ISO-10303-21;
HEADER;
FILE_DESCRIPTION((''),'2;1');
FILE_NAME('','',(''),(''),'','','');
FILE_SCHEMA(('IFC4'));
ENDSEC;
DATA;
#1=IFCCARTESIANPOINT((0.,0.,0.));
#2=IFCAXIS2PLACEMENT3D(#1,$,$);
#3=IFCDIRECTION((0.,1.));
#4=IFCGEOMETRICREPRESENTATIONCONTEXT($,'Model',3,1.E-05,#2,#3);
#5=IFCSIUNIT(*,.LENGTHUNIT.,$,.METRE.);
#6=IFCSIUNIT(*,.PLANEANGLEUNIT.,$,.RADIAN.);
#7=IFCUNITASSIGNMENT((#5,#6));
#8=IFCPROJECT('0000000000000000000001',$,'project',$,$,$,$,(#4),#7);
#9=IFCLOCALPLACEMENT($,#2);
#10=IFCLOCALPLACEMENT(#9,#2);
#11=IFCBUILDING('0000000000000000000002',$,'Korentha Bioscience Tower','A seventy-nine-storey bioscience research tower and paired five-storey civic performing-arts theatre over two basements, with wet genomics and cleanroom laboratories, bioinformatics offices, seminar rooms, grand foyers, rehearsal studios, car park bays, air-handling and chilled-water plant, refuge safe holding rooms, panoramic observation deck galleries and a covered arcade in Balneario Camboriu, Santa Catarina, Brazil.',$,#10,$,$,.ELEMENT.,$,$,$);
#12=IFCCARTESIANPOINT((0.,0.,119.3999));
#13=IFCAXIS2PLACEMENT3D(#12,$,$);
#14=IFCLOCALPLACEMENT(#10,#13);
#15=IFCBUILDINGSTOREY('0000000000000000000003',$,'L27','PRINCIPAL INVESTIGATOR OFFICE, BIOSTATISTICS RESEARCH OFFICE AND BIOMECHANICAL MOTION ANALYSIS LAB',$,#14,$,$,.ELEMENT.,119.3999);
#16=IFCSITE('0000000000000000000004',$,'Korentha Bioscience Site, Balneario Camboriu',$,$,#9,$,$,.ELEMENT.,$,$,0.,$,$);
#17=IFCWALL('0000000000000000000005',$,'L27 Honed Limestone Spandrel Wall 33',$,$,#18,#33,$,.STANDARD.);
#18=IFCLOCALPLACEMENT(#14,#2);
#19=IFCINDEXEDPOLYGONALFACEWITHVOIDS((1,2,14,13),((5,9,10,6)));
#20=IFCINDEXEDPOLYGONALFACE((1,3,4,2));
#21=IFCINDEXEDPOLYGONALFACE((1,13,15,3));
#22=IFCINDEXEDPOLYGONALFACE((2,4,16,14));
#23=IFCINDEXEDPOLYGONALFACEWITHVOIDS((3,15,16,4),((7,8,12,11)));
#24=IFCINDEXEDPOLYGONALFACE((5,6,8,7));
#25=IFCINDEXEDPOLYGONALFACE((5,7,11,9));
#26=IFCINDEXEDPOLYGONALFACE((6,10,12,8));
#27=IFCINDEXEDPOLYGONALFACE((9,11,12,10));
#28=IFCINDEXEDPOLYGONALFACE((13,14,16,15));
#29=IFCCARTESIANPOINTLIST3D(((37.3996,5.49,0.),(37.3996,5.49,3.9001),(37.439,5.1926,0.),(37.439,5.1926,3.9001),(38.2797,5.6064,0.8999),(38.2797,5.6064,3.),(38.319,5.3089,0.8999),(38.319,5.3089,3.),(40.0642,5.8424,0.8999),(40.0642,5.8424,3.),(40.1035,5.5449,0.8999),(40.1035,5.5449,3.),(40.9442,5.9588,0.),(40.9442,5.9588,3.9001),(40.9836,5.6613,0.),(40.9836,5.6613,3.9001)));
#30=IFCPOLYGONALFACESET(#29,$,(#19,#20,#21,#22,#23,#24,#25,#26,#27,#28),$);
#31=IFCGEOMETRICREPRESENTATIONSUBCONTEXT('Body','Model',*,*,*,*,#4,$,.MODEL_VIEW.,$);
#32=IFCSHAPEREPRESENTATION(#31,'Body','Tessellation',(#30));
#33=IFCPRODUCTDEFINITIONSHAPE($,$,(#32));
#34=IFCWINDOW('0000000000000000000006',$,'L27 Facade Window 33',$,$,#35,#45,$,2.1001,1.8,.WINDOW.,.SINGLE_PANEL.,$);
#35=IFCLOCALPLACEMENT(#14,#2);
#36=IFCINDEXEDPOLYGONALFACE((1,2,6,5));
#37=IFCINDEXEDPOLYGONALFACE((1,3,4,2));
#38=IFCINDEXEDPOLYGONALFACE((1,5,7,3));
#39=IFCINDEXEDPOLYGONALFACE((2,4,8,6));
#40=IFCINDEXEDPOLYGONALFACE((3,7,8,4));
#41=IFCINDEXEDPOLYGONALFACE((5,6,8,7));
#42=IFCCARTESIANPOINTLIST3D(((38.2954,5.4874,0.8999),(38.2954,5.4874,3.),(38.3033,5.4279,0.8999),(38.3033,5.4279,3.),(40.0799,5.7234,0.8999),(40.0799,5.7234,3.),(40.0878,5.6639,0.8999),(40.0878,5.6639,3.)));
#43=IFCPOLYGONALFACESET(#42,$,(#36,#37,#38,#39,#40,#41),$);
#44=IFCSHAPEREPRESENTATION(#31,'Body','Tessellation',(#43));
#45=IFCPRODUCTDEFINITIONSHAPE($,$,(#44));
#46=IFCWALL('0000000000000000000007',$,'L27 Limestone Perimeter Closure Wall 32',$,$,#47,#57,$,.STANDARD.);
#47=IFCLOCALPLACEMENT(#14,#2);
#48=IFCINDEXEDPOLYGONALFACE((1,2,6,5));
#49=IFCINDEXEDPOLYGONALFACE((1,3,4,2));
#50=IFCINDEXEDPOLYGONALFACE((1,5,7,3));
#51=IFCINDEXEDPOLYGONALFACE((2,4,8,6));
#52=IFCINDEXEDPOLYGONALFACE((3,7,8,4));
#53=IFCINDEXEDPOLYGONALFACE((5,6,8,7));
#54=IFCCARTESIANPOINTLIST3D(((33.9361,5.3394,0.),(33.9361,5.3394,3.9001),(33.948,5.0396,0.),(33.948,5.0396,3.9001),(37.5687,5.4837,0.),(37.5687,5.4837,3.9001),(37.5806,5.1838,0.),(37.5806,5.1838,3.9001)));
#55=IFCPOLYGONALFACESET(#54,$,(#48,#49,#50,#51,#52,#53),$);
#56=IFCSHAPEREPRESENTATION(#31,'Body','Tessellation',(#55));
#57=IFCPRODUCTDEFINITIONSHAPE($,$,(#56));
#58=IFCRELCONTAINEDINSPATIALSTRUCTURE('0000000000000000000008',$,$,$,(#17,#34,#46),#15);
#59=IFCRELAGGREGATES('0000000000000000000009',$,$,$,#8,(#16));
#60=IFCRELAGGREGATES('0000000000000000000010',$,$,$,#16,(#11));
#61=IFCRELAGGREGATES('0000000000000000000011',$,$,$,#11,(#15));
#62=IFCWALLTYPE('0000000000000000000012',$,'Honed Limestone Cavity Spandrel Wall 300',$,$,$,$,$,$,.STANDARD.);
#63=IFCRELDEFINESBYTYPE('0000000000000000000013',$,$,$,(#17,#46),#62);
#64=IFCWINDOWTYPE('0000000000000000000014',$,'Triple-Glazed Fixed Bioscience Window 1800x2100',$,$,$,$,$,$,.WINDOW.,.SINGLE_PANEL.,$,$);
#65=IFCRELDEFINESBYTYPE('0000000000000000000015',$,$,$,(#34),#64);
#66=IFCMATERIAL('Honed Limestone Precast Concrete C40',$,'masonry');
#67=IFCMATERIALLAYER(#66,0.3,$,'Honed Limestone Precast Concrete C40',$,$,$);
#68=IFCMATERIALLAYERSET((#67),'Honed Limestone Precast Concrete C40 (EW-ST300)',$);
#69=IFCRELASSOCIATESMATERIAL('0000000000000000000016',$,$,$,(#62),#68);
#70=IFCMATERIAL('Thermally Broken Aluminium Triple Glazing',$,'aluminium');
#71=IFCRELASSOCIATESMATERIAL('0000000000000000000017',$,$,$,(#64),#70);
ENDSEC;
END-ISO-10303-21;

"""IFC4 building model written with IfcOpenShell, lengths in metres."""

from ifc_helpers import new_model, si_unit, direction, frame, frame_2d, origin, place, context, subcontext, project, spatial, rectangle, extrude, material, layer, layer_set, type_object, element, fill, save


model = new_model("IFC4")

# Units and contexts
model_context = context("Model", 3, precision=1e-05, world=origin(), true_north=direction((0.0, 1.0)))
body_context = subcontext(model_context, "Body", "Model", "MODEL_VIEW")
ifc_project = project(units=[si_unit("LENGTHUNIT", "METRE"), si_unit("PLANEANGLEUNIT", "RADIAN")], contexts=[model_context])

# Site, building, storey
site_placement = place(None, origin())
site = spatial("IfcSite", under=ifc_project, at=site_placement, Name="Korentha Bioscience Site, Balneario Camboriu", CompositionType="ELEMENT", RefElevation=0.0)
building_placement = place(site_placement, origin())
building = spatial("IfcBuilding", under=site, at=building_placement, Name="Korentha Bioscience Tower", Description="A seventy-nine-storey bioscience research tower and paired five-storey civic performing-arts theatre over two basements, with wet genomics and cleanroom laboratories, bioinformatics offices, seminar rooms, grand foyers, rehearsal studios, car park bays, air-handling and chilled-water plant, refuge safe holding rooms, panoramic observation deck galleries and a covered arcade in Balneario Camboriu, Santa Catarina, Brazil.", CompositionType="ELEMENT")
storey_placement = place(building_placement, frame((0.0, 0.0, 119.3999)))
storey = spatial("IfcBuildingStorey", under=building, at=storey_placement, Name="L27", Description="PRINCIPAL INVESTIGATOR OFFICE, BIOSTATISTICS RESEARCH OFFICE AND BIOMECHANICAL MOTION ANALYSIS LAB", CompositionType="ELEMENT", Elevation=119.3999)

# Wall, opening, window
ifc_material_1 = material(Name="Honed Limestone Precast Concrete C40", Category="masonry")
ifc_layer_1 = layer(ifc_material_1, 0.3, Name="Honed Limestone Precast Concrete C40")
ifc_layer_set_1 = layer_set([ifc_layer_1], Name="Honed Limestone Precast Concrete C40 (EW-ST300)")
wall_type_1 = type_object("IfcWallType", Name="Honed Limestone Cavity Spandrel Wall 300", PredefinedType="STANDARD", material=ifc_layer_set_1)
wall_1_placement = place(storey_placement, frame((37.4194, 5.3413, 0.0), z_axis=(0.0, 0.0, 1.0), x_axis=(0.991369, 0.131099, 0.0)))
wall_1 = element("IfcWall", 1, at=wall_1_placement, inside=storey, type_object=wall_type_1, Name="L27 Honed Limestone Spandrel Wall 33", PredefinedType="STANDARD", context=body_context, shape_type="SweptSolid", body=[
    extrude(rectangle(XDim=3.5754, YDim=0.3, at=frame_2d((1.7876, 0.0))), origin(), (0.0, 0.0, 1.0), 3.9001),
])
opening_placement = place(wall_1_placement, frame((0.8877, 0.0, 0.8999)))
opening = element("IfcOpeningElement", 2, at=opening_placement, cuts=wall_1, PredefinedType="OPENING", context=body_context, shape_type="SweptSolid", body=[
    extrude(rectangle(XDim=1.8, YDim=2.1001, at=frame_2d((0.8999, 1.05))), frame((0.0, 0.165, 0.0), z_axis=(0.0, -1.0, 0.0), x_axis=(1.0, 0.0, 0.0)), (0.0, 0.0, 1.0), 0.3298),
])
ifc_material_2 = material(Name="Thermally Broken Aluminium Triple Glazing", Category="aluminium")
window_type = type_object("IfcWindowType", Name="Triple-Glazed Fixed Bioscience Window 1800x2100", PartitioningType="SINGLE_PANEL", PredefinedType="WINDOW", material=ifc_material_2)
window_placement = place(opening_placement, origin())
window = element("IfcWindow", 3, at=window_placement, inside=storey, type_object=window_type, Name="L27 Facade Window 33", OverallHeight=2.1001, OverallWidth=1.8, PartitioningType="SINGLE_PANEL", PredefinedType="WINDOW", context=body_context, shape_type="SweptSolid", body=[
    extrude(rectangle(XDim=1.8, YDim=2.1001, at=frame_2d((0.8999, 1.05))), frame((0.0, 0.03, 0.0), z_axis=(0.0, -1.0, 0.0), x_axis=(1.0, 0.0, 0.0)), (0.0, 0.0, 1.0), 0.0601),
])
fill(opening, window)

# Wall
wall_2_placement = place(storey_placement, frame((33.9419, 5.1895, 0.0), z_axis=(0.0, 0.0, 1.0), x_axis=(0.999212, 0.039689, 0.0)))
element("IfcWall", 4, at=wall_2_placement, inside=storey, type_object=wall_type_1, Name="L27 Limestone Perimeter Closure Wall 32", PredefinedType="STANDARD", context=body_context, shape_type="SweptSolid", body=[
    extrude(rectangle(XDim=3.6355, YDim=0.3, at=frame_2d((1.8179, 0.0))), origin(), (0.0, 0.0, 1.0), 3.9001),
])

save(model, "model.ifc")
